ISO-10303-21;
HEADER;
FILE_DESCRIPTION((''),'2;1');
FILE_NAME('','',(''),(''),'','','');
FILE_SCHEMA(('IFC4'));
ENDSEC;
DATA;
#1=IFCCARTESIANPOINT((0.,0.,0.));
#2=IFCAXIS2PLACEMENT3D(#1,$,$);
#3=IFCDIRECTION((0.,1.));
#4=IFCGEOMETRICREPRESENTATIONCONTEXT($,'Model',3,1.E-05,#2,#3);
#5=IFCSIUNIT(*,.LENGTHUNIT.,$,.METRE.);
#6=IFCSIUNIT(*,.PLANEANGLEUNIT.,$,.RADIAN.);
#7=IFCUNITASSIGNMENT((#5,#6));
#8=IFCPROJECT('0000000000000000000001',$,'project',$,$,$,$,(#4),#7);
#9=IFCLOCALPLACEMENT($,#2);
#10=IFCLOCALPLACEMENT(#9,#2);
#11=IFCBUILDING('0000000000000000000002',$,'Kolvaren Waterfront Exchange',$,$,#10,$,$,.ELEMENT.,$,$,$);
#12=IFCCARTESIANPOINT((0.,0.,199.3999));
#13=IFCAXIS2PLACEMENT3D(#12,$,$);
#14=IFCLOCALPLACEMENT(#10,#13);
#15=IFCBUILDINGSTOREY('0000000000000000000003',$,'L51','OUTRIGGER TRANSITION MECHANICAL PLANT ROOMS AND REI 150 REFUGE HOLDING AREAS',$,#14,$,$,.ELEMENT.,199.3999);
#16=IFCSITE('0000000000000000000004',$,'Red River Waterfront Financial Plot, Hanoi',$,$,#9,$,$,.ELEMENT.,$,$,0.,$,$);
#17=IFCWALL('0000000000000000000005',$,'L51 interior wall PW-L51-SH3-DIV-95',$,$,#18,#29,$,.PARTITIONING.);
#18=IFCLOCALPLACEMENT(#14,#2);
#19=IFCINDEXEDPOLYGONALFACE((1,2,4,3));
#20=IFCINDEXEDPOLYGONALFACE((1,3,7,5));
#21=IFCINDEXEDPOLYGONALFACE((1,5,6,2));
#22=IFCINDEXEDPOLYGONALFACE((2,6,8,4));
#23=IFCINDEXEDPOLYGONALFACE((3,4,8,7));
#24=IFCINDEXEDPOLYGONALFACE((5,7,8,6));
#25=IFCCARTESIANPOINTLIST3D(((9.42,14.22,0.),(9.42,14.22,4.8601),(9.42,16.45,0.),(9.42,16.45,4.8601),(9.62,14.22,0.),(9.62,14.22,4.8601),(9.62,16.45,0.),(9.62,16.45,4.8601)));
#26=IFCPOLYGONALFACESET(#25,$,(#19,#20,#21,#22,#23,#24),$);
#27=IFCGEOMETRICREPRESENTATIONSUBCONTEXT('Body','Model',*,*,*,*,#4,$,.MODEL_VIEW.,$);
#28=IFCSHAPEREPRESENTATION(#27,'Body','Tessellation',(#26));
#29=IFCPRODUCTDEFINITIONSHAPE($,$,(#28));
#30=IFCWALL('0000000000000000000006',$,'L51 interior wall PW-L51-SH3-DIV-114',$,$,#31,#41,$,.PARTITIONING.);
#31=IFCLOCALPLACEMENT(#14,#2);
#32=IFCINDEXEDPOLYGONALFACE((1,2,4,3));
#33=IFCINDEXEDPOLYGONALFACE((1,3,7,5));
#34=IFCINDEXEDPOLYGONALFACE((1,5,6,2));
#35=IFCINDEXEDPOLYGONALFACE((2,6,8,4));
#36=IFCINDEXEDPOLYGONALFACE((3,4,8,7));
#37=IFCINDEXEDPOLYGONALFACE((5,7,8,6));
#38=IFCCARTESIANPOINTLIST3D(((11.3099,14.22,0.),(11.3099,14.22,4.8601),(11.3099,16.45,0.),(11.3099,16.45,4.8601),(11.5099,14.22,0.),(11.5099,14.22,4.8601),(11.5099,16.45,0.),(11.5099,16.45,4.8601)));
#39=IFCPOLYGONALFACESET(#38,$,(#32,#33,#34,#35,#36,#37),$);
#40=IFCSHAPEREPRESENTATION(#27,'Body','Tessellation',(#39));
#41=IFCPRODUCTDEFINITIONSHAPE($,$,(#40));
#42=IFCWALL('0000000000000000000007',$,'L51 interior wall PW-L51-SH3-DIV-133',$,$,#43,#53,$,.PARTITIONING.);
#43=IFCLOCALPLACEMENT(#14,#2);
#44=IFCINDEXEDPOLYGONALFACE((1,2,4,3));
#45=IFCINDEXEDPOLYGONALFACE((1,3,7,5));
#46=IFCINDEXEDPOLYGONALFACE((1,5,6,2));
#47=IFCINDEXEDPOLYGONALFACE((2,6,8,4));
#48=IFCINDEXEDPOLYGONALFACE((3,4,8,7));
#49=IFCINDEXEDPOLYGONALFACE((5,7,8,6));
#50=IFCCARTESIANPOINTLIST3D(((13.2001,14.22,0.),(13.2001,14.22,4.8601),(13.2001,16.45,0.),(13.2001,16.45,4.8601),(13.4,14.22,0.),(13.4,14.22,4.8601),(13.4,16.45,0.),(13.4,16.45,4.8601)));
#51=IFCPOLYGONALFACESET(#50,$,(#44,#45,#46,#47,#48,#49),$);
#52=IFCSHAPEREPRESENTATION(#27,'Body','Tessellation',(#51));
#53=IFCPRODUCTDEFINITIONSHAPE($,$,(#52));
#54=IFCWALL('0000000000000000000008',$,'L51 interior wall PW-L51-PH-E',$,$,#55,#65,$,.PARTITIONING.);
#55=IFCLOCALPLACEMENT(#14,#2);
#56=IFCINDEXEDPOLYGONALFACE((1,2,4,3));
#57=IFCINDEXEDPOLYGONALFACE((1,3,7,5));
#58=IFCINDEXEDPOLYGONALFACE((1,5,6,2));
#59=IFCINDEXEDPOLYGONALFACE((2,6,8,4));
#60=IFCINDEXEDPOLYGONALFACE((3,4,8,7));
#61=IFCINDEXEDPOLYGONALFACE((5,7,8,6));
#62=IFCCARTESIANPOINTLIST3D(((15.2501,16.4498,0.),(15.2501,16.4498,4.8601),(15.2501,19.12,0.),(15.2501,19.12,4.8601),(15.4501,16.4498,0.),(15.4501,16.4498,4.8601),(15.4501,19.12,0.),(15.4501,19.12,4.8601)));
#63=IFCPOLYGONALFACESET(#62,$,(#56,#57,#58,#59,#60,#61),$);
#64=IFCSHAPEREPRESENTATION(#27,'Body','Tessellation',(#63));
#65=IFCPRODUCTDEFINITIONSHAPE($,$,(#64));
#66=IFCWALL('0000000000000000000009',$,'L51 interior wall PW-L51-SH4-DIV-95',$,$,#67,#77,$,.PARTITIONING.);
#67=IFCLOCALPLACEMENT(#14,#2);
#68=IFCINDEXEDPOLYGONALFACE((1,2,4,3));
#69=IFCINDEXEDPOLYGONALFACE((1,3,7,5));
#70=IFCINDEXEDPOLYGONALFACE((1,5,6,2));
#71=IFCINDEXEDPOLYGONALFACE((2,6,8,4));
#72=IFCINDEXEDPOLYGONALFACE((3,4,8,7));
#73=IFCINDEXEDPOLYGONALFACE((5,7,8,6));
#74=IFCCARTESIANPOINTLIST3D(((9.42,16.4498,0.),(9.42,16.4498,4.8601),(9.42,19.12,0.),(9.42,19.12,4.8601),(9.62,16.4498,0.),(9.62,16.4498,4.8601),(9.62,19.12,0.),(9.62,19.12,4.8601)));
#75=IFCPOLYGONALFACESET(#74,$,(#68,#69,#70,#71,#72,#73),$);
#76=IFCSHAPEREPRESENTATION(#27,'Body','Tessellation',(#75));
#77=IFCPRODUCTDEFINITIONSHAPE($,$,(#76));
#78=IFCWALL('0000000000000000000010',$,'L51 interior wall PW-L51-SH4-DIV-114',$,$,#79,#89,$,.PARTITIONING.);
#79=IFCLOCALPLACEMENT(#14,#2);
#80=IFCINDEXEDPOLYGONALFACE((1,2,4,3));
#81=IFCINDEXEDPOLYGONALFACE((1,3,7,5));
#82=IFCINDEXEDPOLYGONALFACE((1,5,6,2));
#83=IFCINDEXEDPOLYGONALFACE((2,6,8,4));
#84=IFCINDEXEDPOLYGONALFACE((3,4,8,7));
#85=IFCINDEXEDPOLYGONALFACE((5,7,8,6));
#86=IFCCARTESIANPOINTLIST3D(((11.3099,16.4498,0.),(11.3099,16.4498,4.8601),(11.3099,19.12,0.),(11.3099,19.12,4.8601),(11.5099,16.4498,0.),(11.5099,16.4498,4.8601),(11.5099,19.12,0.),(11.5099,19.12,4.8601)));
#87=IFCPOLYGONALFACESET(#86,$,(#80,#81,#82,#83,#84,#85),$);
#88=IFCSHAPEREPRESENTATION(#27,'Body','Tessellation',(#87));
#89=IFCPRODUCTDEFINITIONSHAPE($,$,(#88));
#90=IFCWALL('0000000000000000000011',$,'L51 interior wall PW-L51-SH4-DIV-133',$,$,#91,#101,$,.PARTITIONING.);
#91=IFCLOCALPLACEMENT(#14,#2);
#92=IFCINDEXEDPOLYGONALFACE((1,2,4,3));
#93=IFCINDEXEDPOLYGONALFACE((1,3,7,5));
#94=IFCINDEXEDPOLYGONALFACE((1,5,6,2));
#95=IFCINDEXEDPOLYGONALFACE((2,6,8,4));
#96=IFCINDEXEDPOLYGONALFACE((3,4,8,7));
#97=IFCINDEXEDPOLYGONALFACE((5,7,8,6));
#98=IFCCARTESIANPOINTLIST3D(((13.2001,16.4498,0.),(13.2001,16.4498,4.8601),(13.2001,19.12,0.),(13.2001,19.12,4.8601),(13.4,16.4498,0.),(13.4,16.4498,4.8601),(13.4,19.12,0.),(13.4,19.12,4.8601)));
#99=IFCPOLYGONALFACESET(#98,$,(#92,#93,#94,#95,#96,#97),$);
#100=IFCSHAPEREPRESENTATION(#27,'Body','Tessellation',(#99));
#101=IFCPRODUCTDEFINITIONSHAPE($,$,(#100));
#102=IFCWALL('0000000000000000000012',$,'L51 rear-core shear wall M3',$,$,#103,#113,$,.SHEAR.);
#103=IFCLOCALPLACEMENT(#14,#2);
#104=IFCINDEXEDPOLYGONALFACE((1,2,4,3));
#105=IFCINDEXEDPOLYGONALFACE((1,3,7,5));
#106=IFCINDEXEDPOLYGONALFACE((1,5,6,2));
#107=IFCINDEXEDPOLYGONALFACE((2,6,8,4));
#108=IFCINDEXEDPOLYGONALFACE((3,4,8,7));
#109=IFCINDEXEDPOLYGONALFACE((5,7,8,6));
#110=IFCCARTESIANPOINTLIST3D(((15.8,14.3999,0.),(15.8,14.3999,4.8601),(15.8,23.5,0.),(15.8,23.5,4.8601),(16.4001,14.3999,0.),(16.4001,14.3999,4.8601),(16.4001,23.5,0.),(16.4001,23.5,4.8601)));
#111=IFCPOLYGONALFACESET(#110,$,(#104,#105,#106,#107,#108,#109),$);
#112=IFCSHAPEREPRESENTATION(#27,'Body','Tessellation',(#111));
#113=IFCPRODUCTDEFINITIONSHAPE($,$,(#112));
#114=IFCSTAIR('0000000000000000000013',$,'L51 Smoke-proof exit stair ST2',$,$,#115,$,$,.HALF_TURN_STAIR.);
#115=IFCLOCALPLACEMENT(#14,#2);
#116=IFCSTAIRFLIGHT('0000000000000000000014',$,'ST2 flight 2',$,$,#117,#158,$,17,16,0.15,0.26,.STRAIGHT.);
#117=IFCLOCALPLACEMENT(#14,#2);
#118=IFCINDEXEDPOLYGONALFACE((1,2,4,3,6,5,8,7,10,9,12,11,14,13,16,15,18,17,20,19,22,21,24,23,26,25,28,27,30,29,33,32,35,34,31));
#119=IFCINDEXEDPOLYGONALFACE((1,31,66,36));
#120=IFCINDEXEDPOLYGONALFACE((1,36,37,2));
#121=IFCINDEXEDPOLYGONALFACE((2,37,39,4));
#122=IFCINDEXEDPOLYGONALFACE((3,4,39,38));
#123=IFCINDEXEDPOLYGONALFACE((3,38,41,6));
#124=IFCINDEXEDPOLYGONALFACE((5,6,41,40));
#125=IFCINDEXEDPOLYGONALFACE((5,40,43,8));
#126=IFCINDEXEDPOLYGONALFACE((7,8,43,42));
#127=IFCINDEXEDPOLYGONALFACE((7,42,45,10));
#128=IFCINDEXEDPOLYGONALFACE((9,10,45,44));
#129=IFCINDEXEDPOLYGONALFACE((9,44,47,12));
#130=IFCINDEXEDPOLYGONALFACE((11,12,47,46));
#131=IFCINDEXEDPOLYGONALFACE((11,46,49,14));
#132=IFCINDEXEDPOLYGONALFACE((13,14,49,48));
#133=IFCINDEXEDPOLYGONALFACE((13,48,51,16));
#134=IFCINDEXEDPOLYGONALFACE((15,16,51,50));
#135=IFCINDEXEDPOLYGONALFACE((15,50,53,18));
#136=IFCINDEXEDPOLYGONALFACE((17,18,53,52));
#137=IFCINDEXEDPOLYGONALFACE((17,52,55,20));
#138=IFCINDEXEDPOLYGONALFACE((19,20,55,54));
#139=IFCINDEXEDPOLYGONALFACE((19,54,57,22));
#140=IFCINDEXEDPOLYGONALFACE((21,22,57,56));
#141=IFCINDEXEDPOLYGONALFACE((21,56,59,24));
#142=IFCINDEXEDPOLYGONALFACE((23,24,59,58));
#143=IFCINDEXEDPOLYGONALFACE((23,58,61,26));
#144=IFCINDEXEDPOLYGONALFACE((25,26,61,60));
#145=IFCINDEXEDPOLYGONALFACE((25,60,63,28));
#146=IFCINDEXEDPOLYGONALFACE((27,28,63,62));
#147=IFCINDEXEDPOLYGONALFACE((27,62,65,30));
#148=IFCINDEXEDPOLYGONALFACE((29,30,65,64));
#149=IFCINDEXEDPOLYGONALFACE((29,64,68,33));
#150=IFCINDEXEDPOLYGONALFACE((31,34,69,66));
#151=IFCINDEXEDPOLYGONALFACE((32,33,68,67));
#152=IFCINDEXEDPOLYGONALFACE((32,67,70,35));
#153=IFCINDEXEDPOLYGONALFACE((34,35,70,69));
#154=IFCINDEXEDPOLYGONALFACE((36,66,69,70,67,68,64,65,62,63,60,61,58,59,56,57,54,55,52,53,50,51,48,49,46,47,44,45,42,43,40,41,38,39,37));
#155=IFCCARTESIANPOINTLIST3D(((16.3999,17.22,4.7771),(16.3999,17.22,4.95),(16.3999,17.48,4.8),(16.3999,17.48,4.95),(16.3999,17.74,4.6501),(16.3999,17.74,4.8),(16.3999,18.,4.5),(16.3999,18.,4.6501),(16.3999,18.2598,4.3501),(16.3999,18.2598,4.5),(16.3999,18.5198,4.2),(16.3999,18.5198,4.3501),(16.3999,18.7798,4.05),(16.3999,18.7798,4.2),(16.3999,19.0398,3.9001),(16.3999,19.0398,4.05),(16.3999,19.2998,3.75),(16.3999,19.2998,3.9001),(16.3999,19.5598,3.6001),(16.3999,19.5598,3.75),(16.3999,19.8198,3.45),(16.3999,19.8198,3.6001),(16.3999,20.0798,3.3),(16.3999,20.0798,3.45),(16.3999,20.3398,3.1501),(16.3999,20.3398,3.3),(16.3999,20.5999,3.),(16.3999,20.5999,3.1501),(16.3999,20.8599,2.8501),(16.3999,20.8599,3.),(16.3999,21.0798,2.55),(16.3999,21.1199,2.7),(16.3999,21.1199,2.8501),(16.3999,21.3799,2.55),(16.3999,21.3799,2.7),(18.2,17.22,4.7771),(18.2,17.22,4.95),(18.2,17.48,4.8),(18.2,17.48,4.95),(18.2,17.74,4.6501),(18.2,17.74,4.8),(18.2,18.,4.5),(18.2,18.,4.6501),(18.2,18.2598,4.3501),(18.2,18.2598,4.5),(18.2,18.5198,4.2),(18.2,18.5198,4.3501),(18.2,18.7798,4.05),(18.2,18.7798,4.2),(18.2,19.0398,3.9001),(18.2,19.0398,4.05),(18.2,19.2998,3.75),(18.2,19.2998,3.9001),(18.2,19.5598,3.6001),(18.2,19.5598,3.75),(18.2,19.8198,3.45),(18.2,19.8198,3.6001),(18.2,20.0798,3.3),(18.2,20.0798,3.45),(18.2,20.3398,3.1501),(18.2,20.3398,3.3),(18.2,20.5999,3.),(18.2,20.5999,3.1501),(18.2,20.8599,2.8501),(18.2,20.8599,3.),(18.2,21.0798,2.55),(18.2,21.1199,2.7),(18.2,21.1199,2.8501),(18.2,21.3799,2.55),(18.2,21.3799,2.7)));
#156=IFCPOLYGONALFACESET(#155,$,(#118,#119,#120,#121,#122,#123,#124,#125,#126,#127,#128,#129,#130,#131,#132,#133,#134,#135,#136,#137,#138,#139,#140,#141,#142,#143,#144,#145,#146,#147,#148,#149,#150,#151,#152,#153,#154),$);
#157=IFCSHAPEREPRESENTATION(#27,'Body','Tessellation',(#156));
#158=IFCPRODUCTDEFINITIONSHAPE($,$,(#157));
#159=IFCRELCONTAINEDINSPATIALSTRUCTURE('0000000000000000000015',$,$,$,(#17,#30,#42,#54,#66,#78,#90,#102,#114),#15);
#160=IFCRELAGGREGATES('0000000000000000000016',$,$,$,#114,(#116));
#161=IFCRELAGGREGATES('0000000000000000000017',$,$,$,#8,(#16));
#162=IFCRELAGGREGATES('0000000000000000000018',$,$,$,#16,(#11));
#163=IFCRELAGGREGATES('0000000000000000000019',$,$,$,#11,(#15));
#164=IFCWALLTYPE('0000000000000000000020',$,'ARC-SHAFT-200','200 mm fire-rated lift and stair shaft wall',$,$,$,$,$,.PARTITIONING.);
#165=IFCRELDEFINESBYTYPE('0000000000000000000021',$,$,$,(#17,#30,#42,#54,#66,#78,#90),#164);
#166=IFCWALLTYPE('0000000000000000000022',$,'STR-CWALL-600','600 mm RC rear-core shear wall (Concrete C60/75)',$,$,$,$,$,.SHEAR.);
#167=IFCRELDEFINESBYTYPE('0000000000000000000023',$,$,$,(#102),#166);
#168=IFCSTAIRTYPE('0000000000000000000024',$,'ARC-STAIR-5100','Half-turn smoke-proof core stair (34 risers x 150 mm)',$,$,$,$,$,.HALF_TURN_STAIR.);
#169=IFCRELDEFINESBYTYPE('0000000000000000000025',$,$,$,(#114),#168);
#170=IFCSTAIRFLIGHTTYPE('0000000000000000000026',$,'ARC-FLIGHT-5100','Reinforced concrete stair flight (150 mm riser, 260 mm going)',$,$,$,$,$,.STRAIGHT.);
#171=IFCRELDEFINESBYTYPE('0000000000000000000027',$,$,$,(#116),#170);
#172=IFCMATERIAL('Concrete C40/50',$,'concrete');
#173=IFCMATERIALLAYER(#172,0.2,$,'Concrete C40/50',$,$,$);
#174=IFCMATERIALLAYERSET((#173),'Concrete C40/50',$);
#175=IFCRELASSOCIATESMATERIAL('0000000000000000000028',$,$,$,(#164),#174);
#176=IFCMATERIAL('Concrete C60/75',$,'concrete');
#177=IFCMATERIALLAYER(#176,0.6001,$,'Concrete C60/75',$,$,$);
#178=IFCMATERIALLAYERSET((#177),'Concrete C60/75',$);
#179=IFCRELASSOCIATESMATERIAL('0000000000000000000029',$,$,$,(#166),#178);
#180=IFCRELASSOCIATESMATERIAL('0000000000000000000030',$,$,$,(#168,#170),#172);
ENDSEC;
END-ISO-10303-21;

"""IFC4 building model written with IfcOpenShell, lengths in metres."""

from ifc_helpers import new_model, si_unit, direction, frame, frame_2d, origin, place, context, subcontext, project, spatial, polyline, rectangle, outline, extrude, material, layer, layer_set, type_object, element, aggregate, save


model = new_model("IFC4")

# Units and contexts
model_context = context("Model", 3, precision=1e-05, world=origin(), true_north=direction((0.0, 1.0)))
body_context = subcontext(model_context, "Body", "Model", "MODEL_VIEW")
ifc_project = project(units=[si_unit("LENGTHUNIT", "METRE"), si_unit("PLANEANGLEUNIT", "RADIAN")], contexts=[model_context])

# Site, building, storey
site_placement = place(None, origin())
site = spatial("IfcSite", under=ifc_project, at=site_placement, Name="Red River Waterfront Financial Plot, Hanoi", CompositionType="ELEMENT", RefElevation=0.0)
building_placement = place(site_placement, origin())
building = spatial("IfcBuilding", under=site, at=building_placement, Name="Kolvaren Waterfront Exchange", CompositionType="ELEMENT")
storey_placement = place(building_placement, frame((0.0, 0.0, 199.3999)))
storey = spatial("IfcBuildingStorey", under=building, at=storey_placement, Name="L51", Description="OUTRIGGER TRANSITION MECHANICAL PLANT ROOMS AND REI 150 REFUGE HOLDING AREAS", CompositionType="ELEMENT", Elevation=199.3999)

# Walls
ifc_material_1 = material(Name="Concrete C40/50", Category="concrete")
ifc_layer_1 = layer(ifc_material_1, 0.2, Name="Concrete C40/50")
ifc_layer_set_1 = layer_set([ifc_layer_1], Name="Concrete C40/50")
wall_type_1 = type_object("IfcWallType", Name="ARC-SHAFT-200", Description="200 mm fire-rated lift and stair shaft wall", PredefinedType="PARTITIONING", material=ifc_layer_set_1)
for number, where, z_axis, x_axis, name in (
    (1, (9.52, 14.22, 0.0), (0.0, 0.0, 1.0), (0.0, 1.0, 0.0), "L51 interior wall PW-L51-SH3-DIV-95"),
    (2, (11.4099, 14.22, 0.0), (0.0, 0.0, 1.0), (0.0, 1.0, 0.0), "L51 interior wall PW-L51-SH3-DIV-114"),
    (3, (13.3, 14.22, 0.0), (0.0, 0.0, 1.0), (0.0, 1.0, 0.0), "L51 interior wall PW-L51-SH3-DIV-133"),
):
    element("IfcWall", number, at=place(storey_placement, frame(where, z_axis=z_axis, x_axis=x_axis)), inside=storey, type_object=wall_type_1, Name=name, PredefinedType="PARTITIONING", context=body_context, shape_type="SweptSolid", body=[
        extrude(rectangle(XDim=2.23, YDim=0.2, at=frame_2d((1.115, 0.0))), origin(), (0.0, 0.0, 1.0), 4.8601),
    ])
for number, where, z_axis, x_axis, name in (
    (4, (15.3501, 16.45, 0.0), (0.0, 0.0, 1.0), (0.0, 1.0, 0.0), "L51 interior wall PW-L51-PH-E"),
    (5, (9.52, 16.45, 0.0), (0.0, 0.0, 1.0), (0.0, 1.0, 0.0), "L51 interior wall PW-L51-SH4-DIV-95"),
    (6, (11.4099, 16.45, 0.0), (0.0, 0.0, 1.0), (0.0, 1.0, 0.0), "L51 interior wall PW-L51-SH4-DIV-114"),
    (7, (13.3, 16.45, 0.0), (0.0, 0.0, 1.0), (0.0, 1.0, 0.0), "L51 interior wall PW-L51-SH4-DIV-133"),
):
    element("IfcWall", number, at=place(storey_placement, frame(where, z_axis=z_axis, x_axis=x_axis)), inside=storey, type_object=wall_type_1, Name=name, PredefinedType="PARTITIONING", context=body_context, shape_type="SweptSolid", body=[
        extrude(rectangle(XDim=2.6702, YDim=0.2, at=frame_2d((1.335, 0.0))), origin(), (0.0, 0.0, 1.0), 4.8601),
    ])
ifc_material_2 = material(Name="Concrete C60/75", Category="concrete")
ifc_layer_2 = layer(ifc_material_2, 0.6001, Name="Concrete C60/75")
ifc_layer_set_2 = layer_set([ifc_layer_2], Name="Concrete C60/75")
wall_type_2 = type_object("IfcWallType", Name="STR-CWALL-600", Description="600 mm RC rear-core shear wall (Concrete C60/75)", PredefinedType="SHEAR", material=ifc_layer_set_2)
wall_1_placement = place(storey_placement, frame((16.1001, 14.3999, 0.0), z_axis=(0.0, 0.0, 1.0), x_axis=(0.0, 1.0, 0.0)))
element("IfcWall", 8, at=wall_1_placement, inside=storey, type_object=wall_type_2, Name="L51 rear-core shear wall M3", PredefinedType="SHEAR", context=body_context, shape_type="SweptSolid", body=[
    extrude(rectangle(XDim=9.1001, YDim=0.6001, at=frame_2d((4.55, 0.0))), origin(), (0.0, 0.0, 1.0), 4.8601),
])

# Stair, stair flight
stair_type = type_object("IfcStairType", Name="ARC-STAIR-5100", Description="Half-turn smoke-proof core stair (34 risers x 150 mm)", PredefinedType="HALF_TURN_STAIR", material=ifc_material_1)
stair_placement = place(storey_placement, origin())
stair = element("IfcStair", 9, at=stair_placement, inside=storey, type_object=stair_type, Name="L51 Smoke-proof exit stair ST2", PredefinedType="HALF_TURN_STAIR")
stair_flight_type = type_object("IfcStairFlightType", Name="ARC-FLIGHT-5100", Description="Reinforced concrete stair flight (150 mm riser, 260 mm going)", PredefinedType="STRAIGHT", material=ifc_material_1)
stair_flight_placement = place(storey_placement, frame((17.3, 21.3799, 2.55), z_axis=(0.0, 0.0, 1.0), x_axis=(0.0, -1.0, 0.0)))
stair_flight = element("IfcStairFlight", 10, at=stair_flight_placement, type_object=stair_flight_type, Name="ST2 flight 2", NumberOfRisers=17, NumberOfTreads=16, PredefinedType="STRAIGHT", RiserHeight=0.15, TreadLength=0.26, context=body_context, shape_type="SweptSolid", body=[
    extrude(outline(polyline([(0.0, 0.0), (0.0, 0.1499), (0.26, 0.1499), (0.26, 0.3), (0.52, 0.3), (0.52, 0.45), (0.78, 0.45), (0.78, 0.6001), (1.04, 0.6001), (1.04, 0.75), (1.3, 0.75), (1.3, 0.8999), (1.5601, 0.8999), (1.5601, 1.05), (1.8201, 1.05), (1.8201, 1.2), (2.0801, 1.2), (2.0801, 1.3501), (2.3401, 1.3501), (2.3401, 1.5), (2.6001, 1.5), (2.6001, 1.6499), (2.8601, 1.6499), (2.8601, 1.8), (3.1201, 1.8), (3.1201, 1.95), (3.3799, 1.95), (3.3799, 2.1001), (3.6399, 2.1001), (3.6399, 2.25), (3.8999, 2.25), (3.8999, 2.3999), (4.1599, 2.3999), (4.1599, 2.55), (4.1599, 2.2271), (0.3, 0.0), (0.0, 0.0)])), frame((0.0, 0.8999, 0.0), z_axis=(0.0, -1.0, 0.0), x_axis=(1.0, 0.0, 0.0)), (0.0, 0.0, 1.0), 1.8),
])
aggregate(stair, [stair_flight])

save(model, "model.ifc")
